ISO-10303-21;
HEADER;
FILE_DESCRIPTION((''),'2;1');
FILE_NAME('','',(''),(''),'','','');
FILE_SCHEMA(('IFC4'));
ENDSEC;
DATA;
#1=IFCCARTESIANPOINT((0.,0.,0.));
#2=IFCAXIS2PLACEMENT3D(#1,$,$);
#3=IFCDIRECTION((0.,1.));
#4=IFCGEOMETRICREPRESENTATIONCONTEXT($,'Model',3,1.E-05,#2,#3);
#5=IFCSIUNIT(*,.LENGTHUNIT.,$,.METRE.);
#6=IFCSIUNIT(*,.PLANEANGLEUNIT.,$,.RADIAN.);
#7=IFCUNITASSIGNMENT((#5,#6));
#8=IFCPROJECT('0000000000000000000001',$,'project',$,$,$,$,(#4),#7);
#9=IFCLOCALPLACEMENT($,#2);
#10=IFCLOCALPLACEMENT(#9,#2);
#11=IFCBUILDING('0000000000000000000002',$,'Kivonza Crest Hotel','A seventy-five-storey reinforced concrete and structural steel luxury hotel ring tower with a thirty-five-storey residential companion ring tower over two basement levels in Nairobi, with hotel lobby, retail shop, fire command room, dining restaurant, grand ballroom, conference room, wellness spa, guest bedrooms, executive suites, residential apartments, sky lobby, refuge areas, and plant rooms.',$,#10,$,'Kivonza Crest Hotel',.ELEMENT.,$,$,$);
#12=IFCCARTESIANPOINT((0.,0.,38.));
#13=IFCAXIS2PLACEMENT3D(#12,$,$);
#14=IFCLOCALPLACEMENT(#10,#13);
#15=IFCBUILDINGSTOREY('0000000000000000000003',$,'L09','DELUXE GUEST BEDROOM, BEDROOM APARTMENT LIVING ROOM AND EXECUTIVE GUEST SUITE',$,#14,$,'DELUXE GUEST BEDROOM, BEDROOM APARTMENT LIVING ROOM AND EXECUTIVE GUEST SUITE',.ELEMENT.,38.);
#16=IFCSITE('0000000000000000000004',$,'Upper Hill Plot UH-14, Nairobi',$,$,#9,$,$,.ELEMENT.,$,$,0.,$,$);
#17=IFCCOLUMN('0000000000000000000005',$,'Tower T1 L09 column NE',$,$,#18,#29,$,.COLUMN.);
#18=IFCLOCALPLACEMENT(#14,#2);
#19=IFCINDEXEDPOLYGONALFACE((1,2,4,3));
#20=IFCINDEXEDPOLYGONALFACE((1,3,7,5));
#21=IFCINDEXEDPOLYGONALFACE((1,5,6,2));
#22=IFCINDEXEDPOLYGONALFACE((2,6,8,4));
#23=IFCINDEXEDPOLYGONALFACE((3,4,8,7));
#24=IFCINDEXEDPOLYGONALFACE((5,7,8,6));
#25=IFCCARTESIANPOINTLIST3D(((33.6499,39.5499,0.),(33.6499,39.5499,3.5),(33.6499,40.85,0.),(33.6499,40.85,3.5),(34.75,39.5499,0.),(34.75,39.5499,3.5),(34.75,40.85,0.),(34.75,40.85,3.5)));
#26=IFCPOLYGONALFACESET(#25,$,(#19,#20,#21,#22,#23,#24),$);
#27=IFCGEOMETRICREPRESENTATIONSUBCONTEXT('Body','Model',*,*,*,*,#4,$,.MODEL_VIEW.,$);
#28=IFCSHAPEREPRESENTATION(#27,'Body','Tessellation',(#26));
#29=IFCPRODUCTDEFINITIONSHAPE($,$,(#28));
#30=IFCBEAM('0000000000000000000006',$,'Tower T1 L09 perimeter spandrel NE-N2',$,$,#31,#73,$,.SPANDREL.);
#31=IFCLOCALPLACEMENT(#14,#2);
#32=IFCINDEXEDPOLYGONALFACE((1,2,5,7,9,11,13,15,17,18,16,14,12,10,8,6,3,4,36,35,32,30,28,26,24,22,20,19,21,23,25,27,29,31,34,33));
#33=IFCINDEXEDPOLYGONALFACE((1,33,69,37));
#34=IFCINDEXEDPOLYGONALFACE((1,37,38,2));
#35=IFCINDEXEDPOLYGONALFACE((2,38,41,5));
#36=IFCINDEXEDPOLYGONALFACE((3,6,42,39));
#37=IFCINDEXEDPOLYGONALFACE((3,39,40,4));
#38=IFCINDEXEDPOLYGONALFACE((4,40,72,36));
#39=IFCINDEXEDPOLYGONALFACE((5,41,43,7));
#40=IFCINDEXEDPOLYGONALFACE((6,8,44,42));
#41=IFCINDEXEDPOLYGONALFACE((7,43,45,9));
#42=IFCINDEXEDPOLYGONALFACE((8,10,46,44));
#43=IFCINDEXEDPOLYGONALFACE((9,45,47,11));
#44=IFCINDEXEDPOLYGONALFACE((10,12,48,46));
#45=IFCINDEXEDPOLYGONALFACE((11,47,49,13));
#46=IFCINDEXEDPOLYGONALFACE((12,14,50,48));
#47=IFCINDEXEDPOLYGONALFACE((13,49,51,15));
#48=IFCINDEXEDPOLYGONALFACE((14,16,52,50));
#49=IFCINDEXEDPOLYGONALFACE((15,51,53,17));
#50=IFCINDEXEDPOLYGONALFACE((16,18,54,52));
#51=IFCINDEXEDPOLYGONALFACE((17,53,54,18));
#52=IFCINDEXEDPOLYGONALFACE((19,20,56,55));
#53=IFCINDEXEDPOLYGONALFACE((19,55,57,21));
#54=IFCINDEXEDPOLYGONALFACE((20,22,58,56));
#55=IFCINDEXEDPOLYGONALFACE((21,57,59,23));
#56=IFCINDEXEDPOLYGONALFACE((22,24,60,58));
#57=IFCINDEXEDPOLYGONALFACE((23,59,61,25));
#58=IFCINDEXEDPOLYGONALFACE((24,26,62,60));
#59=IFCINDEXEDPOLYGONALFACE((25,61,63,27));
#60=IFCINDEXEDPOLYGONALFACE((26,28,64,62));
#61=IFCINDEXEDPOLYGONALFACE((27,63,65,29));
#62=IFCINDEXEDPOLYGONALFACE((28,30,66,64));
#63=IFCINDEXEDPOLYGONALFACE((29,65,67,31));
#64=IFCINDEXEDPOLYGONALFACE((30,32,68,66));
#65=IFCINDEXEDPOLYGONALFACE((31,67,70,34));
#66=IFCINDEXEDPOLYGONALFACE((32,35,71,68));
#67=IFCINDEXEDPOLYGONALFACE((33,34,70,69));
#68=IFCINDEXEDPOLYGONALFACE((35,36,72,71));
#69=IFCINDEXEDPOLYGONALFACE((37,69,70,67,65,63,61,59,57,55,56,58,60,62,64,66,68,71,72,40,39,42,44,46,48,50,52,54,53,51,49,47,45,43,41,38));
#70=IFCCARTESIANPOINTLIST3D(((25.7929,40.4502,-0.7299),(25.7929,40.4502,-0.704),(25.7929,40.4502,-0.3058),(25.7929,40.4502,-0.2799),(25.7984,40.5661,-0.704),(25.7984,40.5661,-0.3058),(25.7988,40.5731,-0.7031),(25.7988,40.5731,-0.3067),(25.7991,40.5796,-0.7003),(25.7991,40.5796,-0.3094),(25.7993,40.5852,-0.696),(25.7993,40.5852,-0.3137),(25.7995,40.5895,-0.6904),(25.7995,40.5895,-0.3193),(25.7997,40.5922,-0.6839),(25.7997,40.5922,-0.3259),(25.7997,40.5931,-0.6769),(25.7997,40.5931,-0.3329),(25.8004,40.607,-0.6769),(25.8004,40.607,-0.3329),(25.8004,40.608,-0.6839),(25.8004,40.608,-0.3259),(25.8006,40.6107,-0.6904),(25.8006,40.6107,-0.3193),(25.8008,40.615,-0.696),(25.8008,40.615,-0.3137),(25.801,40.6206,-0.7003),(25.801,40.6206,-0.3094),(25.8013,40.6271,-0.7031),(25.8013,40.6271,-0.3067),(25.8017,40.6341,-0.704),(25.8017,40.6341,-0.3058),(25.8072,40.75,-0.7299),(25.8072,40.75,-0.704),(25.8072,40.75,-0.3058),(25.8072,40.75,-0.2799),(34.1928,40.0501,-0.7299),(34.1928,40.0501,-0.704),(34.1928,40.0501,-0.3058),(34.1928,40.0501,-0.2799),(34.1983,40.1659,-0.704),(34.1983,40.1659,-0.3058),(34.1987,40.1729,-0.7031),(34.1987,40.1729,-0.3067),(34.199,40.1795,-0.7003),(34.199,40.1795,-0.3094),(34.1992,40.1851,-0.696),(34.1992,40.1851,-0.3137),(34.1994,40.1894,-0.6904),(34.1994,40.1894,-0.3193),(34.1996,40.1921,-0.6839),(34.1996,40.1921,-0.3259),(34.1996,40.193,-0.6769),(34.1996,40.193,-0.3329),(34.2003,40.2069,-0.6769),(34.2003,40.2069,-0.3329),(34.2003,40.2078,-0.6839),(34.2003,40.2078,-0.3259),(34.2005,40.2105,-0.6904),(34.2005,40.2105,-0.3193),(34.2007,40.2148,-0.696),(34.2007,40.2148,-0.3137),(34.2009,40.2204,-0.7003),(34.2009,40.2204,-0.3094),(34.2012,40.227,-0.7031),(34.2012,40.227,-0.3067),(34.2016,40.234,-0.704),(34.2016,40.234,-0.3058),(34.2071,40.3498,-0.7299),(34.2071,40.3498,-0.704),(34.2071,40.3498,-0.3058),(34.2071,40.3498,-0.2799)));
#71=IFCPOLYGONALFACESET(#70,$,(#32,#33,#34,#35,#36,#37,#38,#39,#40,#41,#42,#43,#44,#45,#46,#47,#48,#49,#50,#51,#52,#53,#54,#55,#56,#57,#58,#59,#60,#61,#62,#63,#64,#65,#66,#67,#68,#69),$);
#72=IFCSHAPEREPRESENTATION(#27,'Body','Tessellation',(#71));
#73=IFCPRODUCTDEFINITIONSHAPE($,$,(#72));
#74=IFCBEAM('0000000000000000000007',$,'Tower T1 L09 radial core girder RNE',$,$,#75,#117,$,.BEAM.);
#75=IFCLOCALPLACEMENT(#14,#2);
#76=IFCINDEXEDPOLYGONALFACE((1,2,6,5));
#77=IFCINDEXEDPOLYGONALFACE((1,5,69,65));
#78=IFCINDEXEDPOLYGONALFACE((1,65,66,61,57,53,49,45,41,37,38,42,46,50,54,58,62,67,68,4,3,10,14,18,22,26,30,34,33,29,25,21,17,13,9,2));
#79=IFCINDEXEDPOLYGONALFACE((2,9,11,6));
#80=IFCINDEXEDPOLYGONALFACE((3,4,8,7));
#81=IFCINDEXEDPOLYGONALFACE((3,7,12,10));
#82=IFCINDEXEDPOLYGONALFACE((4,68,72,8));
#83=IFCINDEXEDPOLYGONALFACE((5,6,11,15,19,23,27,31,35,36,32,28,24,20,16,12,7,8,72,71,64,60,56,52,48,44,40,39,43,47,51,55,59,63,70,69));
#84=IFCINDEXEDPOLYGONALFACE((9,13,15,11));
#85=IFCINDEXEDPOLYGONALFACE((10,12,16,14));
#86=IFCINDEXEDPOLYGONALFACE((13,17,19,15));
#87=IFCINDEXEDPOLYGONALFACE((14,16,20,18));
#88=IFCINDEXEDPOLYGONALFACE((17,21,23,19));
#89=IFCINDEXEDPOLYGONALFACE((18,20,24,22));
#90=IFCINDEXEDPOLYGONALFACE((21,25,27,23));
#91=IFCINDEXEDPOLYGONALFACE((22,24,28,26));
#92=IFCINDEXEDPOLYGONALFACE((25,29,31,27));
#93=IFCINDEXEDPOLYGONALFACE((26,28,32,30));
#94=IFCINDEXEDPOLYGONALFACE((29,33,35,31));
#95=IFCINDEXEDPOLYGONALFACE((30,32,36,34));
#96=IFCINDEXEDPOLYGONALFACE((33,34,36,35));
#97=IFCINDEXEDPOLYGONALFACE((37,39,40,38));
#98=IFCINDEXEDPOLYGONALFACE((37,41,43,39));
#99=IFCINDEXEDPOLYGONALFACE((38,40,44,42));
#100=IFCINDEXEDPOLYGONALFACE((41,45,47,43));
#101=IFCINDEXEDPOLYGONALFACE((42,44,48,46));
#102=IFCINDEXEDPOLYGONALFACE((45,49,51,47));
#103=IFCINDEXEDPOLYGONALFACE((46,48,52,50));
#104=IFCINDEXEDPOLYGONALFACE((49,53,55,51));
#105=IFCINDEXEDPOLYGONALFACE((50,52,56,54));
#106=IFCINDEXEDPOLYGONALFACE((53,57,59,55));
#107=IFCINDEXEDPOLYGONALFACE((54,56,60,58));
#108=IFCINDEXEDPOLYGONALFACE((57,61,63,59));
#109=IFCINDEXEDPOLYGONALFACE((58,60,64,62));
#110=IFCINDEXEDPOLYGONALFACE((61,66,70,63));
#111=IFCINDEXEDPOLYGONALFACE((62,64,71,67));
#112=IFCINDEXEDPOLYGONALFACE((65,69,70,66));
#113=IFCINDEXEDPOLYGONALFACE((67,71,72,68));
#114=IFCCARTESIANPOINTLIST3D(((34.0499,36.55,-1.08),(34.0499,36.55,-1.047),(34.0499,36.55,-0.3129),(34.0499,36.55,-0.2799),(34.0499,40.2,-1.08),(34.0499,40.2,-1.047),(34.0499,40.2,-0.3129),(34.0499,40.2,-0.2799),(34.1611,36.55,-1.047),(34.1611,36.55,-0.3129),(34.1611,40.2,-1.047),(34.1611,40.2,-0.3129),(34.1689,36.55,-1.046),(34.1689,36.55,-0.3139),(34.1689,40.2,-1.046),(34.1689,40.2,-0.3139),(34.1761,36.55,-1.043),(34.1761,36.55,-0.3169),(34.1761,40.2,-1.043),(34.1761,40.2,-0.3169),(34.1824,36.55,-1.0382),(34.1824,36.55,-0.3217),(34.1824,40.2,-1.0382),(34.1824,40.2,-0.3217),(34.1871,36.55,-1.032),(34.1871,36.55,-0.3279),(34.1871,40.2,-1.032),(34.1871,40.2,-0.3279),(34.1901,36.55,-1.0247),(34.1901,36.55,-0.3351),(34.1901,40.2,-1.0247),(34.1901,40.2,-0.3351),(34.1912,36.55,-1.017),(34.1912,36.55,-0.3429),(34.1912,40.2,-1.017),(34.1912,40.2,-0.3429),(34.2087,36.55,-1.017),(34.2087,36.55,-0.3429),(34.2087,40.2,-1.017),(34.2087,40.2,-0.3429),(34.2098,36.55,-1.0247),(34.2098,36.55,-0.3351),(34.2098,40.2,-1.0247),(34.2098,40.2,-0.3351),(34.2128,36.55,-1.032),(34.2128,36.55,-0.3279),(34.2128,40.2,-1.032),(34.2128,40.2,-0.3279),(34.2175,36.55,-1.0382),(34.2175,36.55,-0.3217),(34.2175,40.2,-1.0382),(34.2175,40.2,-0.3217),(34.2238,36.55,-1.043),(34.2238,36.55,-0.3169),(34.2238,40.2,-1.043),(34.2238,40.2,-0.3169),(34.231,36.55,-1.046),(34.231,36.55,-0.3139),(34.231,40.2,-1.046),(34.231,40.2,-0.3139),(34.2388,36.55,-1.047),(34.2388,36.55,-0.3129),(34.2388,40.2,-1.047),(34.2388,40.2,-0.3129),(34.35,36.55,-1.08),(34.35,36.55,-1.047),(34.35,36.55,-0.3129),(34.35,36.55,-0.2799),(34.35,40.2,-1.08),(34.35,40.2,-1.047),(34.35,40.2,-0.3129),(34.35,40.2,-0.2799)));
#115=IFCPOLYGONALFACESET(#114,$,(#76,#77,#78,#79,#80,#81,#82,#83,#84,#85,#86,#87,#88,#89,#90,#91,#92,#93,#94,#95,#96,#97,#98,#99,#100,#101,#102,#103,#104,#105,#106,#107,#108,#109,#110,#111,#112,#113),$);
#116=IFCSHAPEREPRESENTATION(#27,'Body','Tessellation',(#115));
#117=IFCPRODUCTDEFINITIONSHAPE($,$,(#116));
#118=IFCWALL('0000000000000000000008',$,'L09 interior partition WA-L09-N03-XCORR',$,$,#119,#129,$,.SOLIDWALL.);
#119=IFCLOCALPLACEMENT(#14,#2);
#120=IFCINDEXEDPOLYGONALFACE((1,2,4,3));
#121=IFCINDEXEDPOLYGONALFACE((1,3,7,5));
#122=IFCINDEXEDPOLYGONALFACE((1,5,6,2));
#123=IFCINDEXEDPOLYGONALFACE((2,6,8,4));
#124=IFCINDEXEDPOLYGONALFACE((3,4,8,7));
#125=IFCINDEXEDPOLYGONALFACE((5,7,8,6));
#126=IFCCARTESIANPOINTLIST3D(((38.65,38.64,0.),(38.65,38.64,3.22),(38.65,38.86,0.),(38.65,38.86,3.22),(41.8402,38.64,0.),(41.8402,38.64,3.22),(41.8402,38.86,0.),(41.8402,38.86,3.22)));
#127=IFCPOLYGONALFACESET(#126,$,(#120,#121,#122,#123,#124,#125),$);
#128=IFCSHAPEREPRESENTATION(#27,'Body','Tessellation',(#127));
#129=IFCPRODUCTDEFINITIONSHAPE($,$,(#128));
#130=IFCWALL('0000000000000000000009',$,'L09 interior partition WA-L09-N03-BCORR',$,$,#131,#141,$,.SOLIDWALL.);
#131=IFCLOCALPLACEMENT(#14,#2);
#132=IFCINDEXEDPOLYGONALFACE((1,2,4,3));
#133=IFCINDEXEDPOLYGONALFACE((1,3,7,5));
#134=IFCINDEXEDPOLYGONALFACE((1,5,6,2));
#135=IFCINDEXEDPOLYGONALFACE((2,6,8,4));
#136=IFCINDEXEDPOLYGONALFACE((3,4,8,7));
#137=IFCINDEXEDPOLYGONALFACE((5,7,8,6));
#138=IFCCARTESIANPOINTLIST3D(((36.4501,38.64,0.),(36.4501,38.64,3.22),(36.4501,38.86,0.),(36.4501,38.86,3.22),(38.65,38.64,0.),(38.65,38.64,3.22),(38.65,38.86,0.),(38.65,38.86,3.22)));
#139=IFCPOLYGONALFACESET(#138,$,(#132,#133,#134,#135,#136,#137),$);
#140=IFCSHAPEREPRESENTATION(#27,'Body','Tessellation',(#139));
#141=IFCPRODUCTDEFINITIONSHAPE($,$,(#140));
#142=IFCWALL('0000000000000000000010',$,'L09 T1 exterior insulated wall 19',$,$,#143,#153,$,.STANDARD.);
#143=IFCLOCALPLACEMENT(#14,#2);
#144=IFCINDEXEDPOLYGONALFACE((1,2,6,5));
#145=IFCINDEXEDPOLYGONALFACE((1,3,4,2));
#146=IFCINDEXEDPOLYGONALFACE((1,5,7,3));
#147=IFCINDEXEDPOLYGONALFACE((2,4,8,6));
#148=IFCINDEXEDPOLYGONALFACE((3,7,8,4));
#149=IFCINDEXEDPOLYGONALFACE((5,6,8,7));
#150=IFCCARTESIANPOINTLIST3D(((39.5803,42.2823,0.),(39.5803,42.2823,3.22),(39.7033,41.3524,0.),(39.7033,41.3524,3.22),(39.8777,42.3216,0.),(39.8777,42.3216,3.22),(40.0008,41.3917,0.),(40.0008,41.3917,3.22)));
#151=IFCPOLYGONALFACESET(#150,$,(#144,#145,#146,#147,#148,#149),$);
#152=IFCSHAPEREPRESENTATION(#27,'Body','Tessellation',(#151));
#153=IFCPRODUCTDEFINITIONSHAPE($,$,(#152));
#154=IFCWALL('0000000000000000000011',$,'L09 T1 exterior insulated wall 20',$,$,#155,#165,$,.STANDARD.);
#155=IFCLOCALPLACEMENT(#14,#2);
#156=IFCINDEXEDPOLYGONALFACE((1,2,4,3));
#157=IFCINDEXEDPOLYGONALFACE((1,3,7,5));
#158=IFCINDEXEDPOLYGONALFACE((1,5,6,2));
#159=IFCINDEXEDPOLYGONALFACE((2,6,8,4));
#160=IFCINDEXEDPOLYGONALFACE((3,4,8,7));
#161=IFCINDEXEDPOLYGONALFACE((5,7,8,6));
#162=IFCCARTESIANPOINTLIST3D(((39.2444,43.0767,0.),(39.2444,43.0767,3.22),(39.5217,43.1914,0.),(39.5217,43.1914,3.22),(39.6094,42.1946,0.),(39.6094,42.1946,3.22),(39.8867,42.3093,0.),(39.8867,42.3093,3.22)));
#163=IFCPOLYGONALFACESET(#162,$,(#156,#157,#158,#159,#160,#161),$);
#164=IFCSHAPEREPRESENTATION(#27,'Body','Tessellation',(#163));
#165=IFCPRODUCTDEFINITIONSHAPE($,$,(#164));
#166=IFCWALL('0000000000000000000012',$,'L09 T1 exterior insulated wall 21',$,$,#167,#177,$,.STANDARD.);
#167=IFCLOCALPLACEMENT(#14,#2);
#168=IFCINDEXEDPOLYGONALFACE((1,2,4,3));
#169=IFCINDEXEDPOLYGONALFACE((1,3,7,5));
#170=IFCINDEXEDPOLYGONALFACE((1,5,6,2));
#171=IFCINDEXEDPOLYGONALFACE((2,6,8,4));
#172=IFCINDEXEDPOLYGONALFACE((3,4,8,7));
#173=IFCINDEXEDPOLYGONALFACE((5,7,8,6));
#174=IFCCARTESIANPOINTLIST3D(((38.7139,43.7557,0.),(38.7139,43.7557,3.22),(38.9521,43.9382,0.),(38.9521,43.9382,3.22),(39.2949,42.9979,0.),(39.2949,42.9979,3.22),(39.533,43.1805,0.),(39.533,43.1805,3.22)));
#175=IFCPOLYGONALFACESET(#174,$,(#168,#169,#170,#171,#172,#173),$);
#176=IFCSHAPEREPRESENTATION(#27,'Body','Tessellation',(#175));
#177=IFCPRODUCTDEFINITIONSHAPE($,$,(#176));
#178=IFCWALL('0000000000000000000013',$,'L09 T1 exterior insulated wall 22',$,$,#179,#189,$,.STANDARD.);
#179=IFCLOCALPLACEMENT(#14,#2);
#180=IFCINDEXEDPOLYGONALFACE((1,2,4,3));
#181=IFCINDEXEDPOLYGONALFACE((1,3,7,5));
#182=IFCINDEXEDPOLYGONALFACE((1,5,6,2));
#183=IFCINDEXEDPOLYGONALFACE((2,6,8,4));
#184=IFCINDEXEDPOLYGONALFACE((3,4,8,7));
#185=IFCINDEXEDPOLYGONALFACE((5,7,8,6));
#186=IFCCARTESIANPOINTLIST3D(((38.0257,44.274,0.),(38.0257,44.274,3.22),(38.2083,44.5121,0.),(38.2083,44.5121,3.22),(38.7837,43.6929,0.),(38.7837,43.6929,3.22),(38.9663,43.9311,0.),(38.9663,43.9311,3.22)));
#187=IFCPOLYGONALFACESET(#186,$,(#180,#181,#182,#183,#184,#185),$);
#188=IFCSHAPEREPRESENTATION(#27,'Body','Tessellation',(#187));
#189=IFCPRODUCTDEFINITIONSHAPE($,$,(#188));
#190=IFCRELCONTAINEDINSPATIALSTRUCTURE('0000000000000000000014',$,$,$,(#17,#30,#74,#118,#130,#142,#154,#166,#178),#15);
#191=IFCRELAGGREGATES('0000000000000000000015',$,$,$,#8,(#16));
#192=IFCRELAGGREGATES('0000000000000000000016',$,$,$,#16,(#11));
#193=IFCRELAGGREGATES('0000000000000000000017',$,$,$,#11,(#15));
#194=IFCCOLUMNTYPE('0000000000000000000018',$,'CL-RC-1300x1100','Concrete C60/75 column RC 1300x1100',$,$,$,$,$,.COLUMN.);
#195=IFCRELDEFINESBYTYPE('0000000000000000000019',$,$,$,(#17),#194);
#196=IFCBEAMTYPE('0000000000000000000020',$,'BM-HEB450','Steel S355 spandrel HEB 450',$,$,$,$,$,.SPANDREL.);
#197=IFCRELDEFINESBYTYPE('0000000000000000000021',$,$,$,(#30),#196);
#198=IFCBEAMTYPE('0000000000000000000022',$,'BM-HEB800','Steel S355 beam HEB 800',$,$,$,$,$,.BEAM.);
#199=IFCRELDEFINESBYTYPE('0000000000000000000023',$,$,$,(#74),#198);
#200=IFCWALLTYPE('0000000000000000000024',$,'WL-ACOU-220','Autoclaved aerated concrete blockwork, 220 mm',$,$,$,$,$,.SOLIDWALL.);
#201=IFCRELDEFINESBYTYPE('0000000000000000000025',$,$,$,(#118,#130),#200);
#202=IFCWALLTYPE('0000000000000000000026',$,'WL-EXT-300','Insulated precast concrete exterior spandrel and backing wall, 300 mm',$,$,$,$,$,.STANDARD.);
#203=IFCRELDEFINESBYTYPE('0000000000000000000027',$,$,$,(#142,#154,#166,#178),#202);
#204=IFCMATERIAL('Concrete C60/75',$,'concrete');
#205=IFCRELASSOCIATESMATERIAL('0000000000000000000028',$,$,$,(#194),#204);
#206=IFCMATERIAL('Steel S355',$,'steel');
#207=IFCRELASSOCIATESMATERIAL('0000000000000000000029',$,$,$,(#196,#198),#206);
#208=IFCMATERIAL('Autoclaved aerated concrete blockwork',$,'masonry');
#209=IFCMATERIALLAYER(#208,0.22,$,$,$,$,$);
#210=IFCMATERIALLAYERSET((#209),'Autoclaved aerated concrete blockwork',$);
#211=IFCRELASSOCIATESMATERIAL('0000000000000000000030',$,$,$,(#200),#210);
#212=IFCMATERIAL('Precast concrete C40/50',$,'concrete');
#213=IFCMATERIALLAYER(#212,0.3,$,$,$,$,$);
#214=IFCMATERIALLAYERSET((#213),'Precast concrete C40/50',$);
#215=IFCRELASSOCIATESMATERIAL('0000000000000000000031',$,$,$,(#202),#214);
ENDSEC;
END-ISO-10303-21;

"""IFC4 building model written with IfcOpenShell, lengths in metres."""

from ifc_helpers import new_model, si_unit, direction, frame, frame_2d, origin, origin_2d, place, context, subcontext, project, spatial, rectangle, i_section, extrude, material, layer, layer_set, material_profile, profile_set, type_object, element, save


model = new_model("IFC4")

# Units and contexts
model_context = context("Model", 3, precision=1e-05, world=origin(), true_north=direction((0.0, 1.0)))
body_context = subcontext(model_context, "Body", "Model", "MODEL_VIEW")
ifc_project = project(units=[si_unit("LENGTHUNIT", "METRE"), si_unit("PLANEANGLEUNIT", "RADIAN")], contexts=[model_context])

# Site, building, storey
site_placement = place(None, origin())
site = spatial("IfcSite", under=ifc_project, at=site_placement, Name="Upper Hill Plot UH-14, Nairobi", CompositionType="ELEMENT", RefElevation=0.0)
building_placement = place(site_placement, origin())
building = spatial("IfcBuilding", under=site, at=building_placement, Name="Kivonza Crest Hotel", Description="A seventy-five-storey reinforced concrete and structural steel luxury hotel ring tower with a thirty-five-storey residential companion ring tower over two basement levels in Nairobi, with hotel lobby, retail shop, fire command room, dining restaurant, grand ballroom, conference room, wellness spa, guest bedrooms, executive suites, residential apartments, sky lobby, refuge areas, and plant rooms.", LongName="Kivonza Crest Hotel", CompositionType="ELEMENT")
storey_placement = place(building_placement, frame((0.0, 0.0, 38.0)))
storey = spatial("IfcBuildingStorey", under=building, at=storey_placement, Name="L09", Description="DELUXE GUEST BEDROOM, BEDROOM APARTMENT LIVING ROOM AND EXECUTIVE GUEST SUITE", LongName="DELUXE GUEST BEDROOM, BEDROOM APARTMENT LIVING ROOM AND EXECUTIVE GUEST SUITE", CompositionType="ELEMENT", Elevation=38.0)

# Column
ifc_material_1 = material(Name="Concrete C60/75", Category="concrete")
ifc_material_profile_1 = material_profile(ifc_material_1, rectangle(XDim=1.1001, YDim=1.3, at=origin_2d()), Name="RC 1300x1100")
ifc_profile_set_1 = profile_set([ifc_material_profile_1], Name="Concrete C60/75")
column_type = type_object("IfcColumnType", Name="CL-RC-1300x1100", Description="Concrete C60/75 column RC 1300x1100", PredefinedType="COLUMN", material=ifc_profile_set_1)
column_placement = place(storey_placement, frame((34.2, 40.2, 0.0), z_axis=(0.0, 0.0, 1.0), x_axis=(1.0, 0.0, 0.0)))
element("IfcColumn", 1, at=column_placement, inside=storey, type_object=column_type, Name="Tower T1 L09 column NE", PredefinedType="COLUMN", context=body_context, shape_type="SweptSolid", body=[
    extrude(rectangle(XDim=1.1001, YDim=1.3, at=origin_2d()), origin(), (0.0, 0.0, 1.0), 3.5),
])

# Beams
ifc_material_2 = material(Name="Steel S355", Category="steel")
ifc_material_profile_2 = material_profile(ifc_material_2, i_section(OverallWidth=0.3, OverallDepth=0.45, WebThickness=0.0139, FlangeThickness=0.0259, FilletRadius=0.0271, at=origin_2d()), Name="HEB 450")
ifc_profile_set_2 = profile_set([ifc_material_profile_2], Name="Steel S355")
beam_type_1 = type_object("IfcBeamType", Name="BM-HEB450", Description="Steel S355 spandrel HEB 450", PredefinedType="SPANDREL", material=ifc_profile_set_2)
beam_1_placement = place(storey_placement, frame((34.2, 40.2, -0.5049), z_axis=(-0.998867, 0.047583, 0.0), x_axis=(-0.047583, -0.998867, 0.0)))
element("IfcBeam", 2, at=beam_1_placement, inside=storey, type_object=beam_type_1, Name="Tower T1 L09 perimeter spandrel NE-N2", PredefinedType="SPANDREL", context=body_context, shape_type="SweptSolid", body=[
    extrude(i_section(OverallWidth=0.3, OverallDepth=0.45, WebThickness=0.0139, FlangeThickness=0.0259, FilletRadius=0.0271, at=origin_2d()), origin(), (0.0, 0.0, 1.0), 8.4094),
])
ifc_material_profile_3 = material_profile(ifc_material_2, i_section(OverallWidth=0.3, OverallDepth=0.8, WebThickness=0.0176, FlangeThickness=0.033, FilletRadius=0.03, at=origin_2d()), Name="HEB 800")
ifc_profile_set_3 = profile_set([ifc_material_profile_3], Name="Steel S355")
beam_type_2 = type_object("IfcBeamType", Name="BM-HEB800", Description="Steel S355 beam HEB 800", PredefinedType="BEAM", material=ifc_profile_set_3)
beam_2_placement = place(storey_placement, frame((34.2, 40.2, -0.6799), z_axis=(0.0, -1.0, 0.0), x_axis=(1.0, 0.0, 0.0)))
element("IfcBeam", 3, at=beam_2_placement, inside=storey, type_object=beam_type_2, Name="Tower T1 L09 radial core girder RNE", PredefinedType="BEAM", context=body_context, shape_type="SweptSolid", body=[
    extrude(i_section(OverallWidth=0.3, OverallDepth=0.8, WebThickness=0.0176, FlangeThickness=0.033, FilletRadius=0.03, at=origin_2d()), origin(), (0.0, 0.0, 1.0), 3.6499),
])

# Walls
ifc_material_3 = material(Name="Autoclaved aerated concrete blockwork", Category="masonry")
ifc_layer_1 = layer(ifc_material_3, 0.22)
ifc_layer_set_1 = layer_set([ifc_layer_1], Name="Autoclaved aerated concrete blockwork")
wall_type_1 = type_object("IfcWallType", Name="WL-ACOU-220", Description="Autoclaved aerated concrete blockwork, 220 mm", PredefinedType="SOLIDWALL", material=ifc_layer_set_1)
wall_1_placement = place(storey_placement, frame((38.6499, 38.75, 0.0), z_axis=(0.0, 0.0, 1.0), x_axis=(1.0, 0.0, 0.0)))
element("IfcWall", 4, at=wall_1_placement, inside=storey, type_object=wall_type_1, Name="L09 interior partition WA-L09-N03-XCORR", PredefinedType="SOLIDWALL", context=body_context, shape_type="SweptSolid", body=[
    extrude(rectangle(XDim=3.1902, YDim=0.22, at=frame_2d((1.5952, 0.0))), origin(), (0.0, 0.0, 1.0), 3.22),
])
wall_2_placement = place(storey_placement, frame((36.45, 38.75, 0.0), z_axis=(0.0, 0.0, 1.0), x_axis=(1.0, 0.0, 0.0)))
element("IfcWall", 5, at=wall_2_placement, inside=storey, type_object=wall_type_1, Name="L09 interior partition WA-L09-N03-BCORR", PredefinedType="SOLIDWALL", context=body_context, shape_type="SweptSolid", body=[
    extrude(rectangle(XDim=2.2, YDim=0.22, at=frame_2d((1.1001, 0.0))), origin(), (0.0, 0.0, 1.0), 3.22),
])
ifc_material_4 = material(Name="Precast concrete C40/50", Category="concrete")
ifc_layer_2 = layer(ifc_material_4, 0.3)
ifc_layer_set_2 = layer_set([ifc_layer_2], Name="Precast concrete C40/50")
wall_type_2 = type_object("IfcWallType", Name="WL-EXT-300", Description="Insulated precast concrete exterior spandrel and backing wall, 300 mm", PredefinedType="STANDARD", material=ifc_layer_set_2)
wall_3_placement = place(storey_placement, frame((39.8521, 41.3721, 0.0), z_axis=(0.0, 0.0, 1.0), x_axis=(-0.131175, 0.991359, 0.0)))
element("IfcWall", 6, at=wall_3_placement, inside=storey, type_object=wall_type_2, Name="L09 T1 exterior insulated wall 19", PredefinedType="STANDARD", context=body_context, shape_type="SweptSolid", body=[
    extrude(rectangle(XDim=0.938, YDim=0.3, at=frame_2d((0.469, 0.0))), origin(), (0.0, 0.0, 1.0), 3.22),
])
wall_4_placement = place(storey_placement, frame((39.748, 42.252, 0.0), z_axis=(0.0, 0.0, 1.0), x_axis=(-0.382344, 0.92402, 0.0)))
element("IfcWall", 7, at=wall_4_placement, inside=storey, type_object=wall_type_2, Name="L09 T1 exterior insulated wall 20", PredefinedType="STANDARD", context=body_context, shape_type="SweptSolid", body=[
    extrude(rectangle(XDim=0.9546, YDim=0.3, at=frame_2d((0.4773, 0.0))), origin(), (0.0, 0.0, 1.0), 3.22),
])
wall_5_placement = place(storey_placement, frame((39.4141, 43.0891, 0.0), z_axis=(0.0, 0.0, 1.0), x_axis=(-0.608474, 0.793573, 0.0)))
element("IfcWall", 8, at=wall_5_placement, inside=storey, type_object=wall_type_2, Name="L09 T1 exterior insulated wall 21", PredefinedType="STANDARD", context=body_context, shape_type="SweptSolid", body=[
    extrude(rectangle(XDim=0.9548, YDim=0.3, at=frame_2d((0.4775, 0.0))), origin(), (0.0, 0.0, 1.0), 3.22),
])
wall_6_placement = place(storey_placement, frame((38.875, 43.812, 0.0), z_axis=(0.0, 0.0, 1.0), x_axis=(-0.793668, 0.608351, 0.0)))
element("IfcWall", 9, at=wall_6_placement, inside=storey, type_object=wall_type_2, Name="L09 T1 exterior insulated wall 22", PredefinedType="STANDARD", context=body_context, shape_type="SweptSolid", body=[
    extrude(rectangle(XDim=0.9551, YDim=0.3, at=frame_2d((0.4775, 0.0))), origin(), (0.0, 0.0, 1.0), 3.22),
])

save(model, "model.ifc")
